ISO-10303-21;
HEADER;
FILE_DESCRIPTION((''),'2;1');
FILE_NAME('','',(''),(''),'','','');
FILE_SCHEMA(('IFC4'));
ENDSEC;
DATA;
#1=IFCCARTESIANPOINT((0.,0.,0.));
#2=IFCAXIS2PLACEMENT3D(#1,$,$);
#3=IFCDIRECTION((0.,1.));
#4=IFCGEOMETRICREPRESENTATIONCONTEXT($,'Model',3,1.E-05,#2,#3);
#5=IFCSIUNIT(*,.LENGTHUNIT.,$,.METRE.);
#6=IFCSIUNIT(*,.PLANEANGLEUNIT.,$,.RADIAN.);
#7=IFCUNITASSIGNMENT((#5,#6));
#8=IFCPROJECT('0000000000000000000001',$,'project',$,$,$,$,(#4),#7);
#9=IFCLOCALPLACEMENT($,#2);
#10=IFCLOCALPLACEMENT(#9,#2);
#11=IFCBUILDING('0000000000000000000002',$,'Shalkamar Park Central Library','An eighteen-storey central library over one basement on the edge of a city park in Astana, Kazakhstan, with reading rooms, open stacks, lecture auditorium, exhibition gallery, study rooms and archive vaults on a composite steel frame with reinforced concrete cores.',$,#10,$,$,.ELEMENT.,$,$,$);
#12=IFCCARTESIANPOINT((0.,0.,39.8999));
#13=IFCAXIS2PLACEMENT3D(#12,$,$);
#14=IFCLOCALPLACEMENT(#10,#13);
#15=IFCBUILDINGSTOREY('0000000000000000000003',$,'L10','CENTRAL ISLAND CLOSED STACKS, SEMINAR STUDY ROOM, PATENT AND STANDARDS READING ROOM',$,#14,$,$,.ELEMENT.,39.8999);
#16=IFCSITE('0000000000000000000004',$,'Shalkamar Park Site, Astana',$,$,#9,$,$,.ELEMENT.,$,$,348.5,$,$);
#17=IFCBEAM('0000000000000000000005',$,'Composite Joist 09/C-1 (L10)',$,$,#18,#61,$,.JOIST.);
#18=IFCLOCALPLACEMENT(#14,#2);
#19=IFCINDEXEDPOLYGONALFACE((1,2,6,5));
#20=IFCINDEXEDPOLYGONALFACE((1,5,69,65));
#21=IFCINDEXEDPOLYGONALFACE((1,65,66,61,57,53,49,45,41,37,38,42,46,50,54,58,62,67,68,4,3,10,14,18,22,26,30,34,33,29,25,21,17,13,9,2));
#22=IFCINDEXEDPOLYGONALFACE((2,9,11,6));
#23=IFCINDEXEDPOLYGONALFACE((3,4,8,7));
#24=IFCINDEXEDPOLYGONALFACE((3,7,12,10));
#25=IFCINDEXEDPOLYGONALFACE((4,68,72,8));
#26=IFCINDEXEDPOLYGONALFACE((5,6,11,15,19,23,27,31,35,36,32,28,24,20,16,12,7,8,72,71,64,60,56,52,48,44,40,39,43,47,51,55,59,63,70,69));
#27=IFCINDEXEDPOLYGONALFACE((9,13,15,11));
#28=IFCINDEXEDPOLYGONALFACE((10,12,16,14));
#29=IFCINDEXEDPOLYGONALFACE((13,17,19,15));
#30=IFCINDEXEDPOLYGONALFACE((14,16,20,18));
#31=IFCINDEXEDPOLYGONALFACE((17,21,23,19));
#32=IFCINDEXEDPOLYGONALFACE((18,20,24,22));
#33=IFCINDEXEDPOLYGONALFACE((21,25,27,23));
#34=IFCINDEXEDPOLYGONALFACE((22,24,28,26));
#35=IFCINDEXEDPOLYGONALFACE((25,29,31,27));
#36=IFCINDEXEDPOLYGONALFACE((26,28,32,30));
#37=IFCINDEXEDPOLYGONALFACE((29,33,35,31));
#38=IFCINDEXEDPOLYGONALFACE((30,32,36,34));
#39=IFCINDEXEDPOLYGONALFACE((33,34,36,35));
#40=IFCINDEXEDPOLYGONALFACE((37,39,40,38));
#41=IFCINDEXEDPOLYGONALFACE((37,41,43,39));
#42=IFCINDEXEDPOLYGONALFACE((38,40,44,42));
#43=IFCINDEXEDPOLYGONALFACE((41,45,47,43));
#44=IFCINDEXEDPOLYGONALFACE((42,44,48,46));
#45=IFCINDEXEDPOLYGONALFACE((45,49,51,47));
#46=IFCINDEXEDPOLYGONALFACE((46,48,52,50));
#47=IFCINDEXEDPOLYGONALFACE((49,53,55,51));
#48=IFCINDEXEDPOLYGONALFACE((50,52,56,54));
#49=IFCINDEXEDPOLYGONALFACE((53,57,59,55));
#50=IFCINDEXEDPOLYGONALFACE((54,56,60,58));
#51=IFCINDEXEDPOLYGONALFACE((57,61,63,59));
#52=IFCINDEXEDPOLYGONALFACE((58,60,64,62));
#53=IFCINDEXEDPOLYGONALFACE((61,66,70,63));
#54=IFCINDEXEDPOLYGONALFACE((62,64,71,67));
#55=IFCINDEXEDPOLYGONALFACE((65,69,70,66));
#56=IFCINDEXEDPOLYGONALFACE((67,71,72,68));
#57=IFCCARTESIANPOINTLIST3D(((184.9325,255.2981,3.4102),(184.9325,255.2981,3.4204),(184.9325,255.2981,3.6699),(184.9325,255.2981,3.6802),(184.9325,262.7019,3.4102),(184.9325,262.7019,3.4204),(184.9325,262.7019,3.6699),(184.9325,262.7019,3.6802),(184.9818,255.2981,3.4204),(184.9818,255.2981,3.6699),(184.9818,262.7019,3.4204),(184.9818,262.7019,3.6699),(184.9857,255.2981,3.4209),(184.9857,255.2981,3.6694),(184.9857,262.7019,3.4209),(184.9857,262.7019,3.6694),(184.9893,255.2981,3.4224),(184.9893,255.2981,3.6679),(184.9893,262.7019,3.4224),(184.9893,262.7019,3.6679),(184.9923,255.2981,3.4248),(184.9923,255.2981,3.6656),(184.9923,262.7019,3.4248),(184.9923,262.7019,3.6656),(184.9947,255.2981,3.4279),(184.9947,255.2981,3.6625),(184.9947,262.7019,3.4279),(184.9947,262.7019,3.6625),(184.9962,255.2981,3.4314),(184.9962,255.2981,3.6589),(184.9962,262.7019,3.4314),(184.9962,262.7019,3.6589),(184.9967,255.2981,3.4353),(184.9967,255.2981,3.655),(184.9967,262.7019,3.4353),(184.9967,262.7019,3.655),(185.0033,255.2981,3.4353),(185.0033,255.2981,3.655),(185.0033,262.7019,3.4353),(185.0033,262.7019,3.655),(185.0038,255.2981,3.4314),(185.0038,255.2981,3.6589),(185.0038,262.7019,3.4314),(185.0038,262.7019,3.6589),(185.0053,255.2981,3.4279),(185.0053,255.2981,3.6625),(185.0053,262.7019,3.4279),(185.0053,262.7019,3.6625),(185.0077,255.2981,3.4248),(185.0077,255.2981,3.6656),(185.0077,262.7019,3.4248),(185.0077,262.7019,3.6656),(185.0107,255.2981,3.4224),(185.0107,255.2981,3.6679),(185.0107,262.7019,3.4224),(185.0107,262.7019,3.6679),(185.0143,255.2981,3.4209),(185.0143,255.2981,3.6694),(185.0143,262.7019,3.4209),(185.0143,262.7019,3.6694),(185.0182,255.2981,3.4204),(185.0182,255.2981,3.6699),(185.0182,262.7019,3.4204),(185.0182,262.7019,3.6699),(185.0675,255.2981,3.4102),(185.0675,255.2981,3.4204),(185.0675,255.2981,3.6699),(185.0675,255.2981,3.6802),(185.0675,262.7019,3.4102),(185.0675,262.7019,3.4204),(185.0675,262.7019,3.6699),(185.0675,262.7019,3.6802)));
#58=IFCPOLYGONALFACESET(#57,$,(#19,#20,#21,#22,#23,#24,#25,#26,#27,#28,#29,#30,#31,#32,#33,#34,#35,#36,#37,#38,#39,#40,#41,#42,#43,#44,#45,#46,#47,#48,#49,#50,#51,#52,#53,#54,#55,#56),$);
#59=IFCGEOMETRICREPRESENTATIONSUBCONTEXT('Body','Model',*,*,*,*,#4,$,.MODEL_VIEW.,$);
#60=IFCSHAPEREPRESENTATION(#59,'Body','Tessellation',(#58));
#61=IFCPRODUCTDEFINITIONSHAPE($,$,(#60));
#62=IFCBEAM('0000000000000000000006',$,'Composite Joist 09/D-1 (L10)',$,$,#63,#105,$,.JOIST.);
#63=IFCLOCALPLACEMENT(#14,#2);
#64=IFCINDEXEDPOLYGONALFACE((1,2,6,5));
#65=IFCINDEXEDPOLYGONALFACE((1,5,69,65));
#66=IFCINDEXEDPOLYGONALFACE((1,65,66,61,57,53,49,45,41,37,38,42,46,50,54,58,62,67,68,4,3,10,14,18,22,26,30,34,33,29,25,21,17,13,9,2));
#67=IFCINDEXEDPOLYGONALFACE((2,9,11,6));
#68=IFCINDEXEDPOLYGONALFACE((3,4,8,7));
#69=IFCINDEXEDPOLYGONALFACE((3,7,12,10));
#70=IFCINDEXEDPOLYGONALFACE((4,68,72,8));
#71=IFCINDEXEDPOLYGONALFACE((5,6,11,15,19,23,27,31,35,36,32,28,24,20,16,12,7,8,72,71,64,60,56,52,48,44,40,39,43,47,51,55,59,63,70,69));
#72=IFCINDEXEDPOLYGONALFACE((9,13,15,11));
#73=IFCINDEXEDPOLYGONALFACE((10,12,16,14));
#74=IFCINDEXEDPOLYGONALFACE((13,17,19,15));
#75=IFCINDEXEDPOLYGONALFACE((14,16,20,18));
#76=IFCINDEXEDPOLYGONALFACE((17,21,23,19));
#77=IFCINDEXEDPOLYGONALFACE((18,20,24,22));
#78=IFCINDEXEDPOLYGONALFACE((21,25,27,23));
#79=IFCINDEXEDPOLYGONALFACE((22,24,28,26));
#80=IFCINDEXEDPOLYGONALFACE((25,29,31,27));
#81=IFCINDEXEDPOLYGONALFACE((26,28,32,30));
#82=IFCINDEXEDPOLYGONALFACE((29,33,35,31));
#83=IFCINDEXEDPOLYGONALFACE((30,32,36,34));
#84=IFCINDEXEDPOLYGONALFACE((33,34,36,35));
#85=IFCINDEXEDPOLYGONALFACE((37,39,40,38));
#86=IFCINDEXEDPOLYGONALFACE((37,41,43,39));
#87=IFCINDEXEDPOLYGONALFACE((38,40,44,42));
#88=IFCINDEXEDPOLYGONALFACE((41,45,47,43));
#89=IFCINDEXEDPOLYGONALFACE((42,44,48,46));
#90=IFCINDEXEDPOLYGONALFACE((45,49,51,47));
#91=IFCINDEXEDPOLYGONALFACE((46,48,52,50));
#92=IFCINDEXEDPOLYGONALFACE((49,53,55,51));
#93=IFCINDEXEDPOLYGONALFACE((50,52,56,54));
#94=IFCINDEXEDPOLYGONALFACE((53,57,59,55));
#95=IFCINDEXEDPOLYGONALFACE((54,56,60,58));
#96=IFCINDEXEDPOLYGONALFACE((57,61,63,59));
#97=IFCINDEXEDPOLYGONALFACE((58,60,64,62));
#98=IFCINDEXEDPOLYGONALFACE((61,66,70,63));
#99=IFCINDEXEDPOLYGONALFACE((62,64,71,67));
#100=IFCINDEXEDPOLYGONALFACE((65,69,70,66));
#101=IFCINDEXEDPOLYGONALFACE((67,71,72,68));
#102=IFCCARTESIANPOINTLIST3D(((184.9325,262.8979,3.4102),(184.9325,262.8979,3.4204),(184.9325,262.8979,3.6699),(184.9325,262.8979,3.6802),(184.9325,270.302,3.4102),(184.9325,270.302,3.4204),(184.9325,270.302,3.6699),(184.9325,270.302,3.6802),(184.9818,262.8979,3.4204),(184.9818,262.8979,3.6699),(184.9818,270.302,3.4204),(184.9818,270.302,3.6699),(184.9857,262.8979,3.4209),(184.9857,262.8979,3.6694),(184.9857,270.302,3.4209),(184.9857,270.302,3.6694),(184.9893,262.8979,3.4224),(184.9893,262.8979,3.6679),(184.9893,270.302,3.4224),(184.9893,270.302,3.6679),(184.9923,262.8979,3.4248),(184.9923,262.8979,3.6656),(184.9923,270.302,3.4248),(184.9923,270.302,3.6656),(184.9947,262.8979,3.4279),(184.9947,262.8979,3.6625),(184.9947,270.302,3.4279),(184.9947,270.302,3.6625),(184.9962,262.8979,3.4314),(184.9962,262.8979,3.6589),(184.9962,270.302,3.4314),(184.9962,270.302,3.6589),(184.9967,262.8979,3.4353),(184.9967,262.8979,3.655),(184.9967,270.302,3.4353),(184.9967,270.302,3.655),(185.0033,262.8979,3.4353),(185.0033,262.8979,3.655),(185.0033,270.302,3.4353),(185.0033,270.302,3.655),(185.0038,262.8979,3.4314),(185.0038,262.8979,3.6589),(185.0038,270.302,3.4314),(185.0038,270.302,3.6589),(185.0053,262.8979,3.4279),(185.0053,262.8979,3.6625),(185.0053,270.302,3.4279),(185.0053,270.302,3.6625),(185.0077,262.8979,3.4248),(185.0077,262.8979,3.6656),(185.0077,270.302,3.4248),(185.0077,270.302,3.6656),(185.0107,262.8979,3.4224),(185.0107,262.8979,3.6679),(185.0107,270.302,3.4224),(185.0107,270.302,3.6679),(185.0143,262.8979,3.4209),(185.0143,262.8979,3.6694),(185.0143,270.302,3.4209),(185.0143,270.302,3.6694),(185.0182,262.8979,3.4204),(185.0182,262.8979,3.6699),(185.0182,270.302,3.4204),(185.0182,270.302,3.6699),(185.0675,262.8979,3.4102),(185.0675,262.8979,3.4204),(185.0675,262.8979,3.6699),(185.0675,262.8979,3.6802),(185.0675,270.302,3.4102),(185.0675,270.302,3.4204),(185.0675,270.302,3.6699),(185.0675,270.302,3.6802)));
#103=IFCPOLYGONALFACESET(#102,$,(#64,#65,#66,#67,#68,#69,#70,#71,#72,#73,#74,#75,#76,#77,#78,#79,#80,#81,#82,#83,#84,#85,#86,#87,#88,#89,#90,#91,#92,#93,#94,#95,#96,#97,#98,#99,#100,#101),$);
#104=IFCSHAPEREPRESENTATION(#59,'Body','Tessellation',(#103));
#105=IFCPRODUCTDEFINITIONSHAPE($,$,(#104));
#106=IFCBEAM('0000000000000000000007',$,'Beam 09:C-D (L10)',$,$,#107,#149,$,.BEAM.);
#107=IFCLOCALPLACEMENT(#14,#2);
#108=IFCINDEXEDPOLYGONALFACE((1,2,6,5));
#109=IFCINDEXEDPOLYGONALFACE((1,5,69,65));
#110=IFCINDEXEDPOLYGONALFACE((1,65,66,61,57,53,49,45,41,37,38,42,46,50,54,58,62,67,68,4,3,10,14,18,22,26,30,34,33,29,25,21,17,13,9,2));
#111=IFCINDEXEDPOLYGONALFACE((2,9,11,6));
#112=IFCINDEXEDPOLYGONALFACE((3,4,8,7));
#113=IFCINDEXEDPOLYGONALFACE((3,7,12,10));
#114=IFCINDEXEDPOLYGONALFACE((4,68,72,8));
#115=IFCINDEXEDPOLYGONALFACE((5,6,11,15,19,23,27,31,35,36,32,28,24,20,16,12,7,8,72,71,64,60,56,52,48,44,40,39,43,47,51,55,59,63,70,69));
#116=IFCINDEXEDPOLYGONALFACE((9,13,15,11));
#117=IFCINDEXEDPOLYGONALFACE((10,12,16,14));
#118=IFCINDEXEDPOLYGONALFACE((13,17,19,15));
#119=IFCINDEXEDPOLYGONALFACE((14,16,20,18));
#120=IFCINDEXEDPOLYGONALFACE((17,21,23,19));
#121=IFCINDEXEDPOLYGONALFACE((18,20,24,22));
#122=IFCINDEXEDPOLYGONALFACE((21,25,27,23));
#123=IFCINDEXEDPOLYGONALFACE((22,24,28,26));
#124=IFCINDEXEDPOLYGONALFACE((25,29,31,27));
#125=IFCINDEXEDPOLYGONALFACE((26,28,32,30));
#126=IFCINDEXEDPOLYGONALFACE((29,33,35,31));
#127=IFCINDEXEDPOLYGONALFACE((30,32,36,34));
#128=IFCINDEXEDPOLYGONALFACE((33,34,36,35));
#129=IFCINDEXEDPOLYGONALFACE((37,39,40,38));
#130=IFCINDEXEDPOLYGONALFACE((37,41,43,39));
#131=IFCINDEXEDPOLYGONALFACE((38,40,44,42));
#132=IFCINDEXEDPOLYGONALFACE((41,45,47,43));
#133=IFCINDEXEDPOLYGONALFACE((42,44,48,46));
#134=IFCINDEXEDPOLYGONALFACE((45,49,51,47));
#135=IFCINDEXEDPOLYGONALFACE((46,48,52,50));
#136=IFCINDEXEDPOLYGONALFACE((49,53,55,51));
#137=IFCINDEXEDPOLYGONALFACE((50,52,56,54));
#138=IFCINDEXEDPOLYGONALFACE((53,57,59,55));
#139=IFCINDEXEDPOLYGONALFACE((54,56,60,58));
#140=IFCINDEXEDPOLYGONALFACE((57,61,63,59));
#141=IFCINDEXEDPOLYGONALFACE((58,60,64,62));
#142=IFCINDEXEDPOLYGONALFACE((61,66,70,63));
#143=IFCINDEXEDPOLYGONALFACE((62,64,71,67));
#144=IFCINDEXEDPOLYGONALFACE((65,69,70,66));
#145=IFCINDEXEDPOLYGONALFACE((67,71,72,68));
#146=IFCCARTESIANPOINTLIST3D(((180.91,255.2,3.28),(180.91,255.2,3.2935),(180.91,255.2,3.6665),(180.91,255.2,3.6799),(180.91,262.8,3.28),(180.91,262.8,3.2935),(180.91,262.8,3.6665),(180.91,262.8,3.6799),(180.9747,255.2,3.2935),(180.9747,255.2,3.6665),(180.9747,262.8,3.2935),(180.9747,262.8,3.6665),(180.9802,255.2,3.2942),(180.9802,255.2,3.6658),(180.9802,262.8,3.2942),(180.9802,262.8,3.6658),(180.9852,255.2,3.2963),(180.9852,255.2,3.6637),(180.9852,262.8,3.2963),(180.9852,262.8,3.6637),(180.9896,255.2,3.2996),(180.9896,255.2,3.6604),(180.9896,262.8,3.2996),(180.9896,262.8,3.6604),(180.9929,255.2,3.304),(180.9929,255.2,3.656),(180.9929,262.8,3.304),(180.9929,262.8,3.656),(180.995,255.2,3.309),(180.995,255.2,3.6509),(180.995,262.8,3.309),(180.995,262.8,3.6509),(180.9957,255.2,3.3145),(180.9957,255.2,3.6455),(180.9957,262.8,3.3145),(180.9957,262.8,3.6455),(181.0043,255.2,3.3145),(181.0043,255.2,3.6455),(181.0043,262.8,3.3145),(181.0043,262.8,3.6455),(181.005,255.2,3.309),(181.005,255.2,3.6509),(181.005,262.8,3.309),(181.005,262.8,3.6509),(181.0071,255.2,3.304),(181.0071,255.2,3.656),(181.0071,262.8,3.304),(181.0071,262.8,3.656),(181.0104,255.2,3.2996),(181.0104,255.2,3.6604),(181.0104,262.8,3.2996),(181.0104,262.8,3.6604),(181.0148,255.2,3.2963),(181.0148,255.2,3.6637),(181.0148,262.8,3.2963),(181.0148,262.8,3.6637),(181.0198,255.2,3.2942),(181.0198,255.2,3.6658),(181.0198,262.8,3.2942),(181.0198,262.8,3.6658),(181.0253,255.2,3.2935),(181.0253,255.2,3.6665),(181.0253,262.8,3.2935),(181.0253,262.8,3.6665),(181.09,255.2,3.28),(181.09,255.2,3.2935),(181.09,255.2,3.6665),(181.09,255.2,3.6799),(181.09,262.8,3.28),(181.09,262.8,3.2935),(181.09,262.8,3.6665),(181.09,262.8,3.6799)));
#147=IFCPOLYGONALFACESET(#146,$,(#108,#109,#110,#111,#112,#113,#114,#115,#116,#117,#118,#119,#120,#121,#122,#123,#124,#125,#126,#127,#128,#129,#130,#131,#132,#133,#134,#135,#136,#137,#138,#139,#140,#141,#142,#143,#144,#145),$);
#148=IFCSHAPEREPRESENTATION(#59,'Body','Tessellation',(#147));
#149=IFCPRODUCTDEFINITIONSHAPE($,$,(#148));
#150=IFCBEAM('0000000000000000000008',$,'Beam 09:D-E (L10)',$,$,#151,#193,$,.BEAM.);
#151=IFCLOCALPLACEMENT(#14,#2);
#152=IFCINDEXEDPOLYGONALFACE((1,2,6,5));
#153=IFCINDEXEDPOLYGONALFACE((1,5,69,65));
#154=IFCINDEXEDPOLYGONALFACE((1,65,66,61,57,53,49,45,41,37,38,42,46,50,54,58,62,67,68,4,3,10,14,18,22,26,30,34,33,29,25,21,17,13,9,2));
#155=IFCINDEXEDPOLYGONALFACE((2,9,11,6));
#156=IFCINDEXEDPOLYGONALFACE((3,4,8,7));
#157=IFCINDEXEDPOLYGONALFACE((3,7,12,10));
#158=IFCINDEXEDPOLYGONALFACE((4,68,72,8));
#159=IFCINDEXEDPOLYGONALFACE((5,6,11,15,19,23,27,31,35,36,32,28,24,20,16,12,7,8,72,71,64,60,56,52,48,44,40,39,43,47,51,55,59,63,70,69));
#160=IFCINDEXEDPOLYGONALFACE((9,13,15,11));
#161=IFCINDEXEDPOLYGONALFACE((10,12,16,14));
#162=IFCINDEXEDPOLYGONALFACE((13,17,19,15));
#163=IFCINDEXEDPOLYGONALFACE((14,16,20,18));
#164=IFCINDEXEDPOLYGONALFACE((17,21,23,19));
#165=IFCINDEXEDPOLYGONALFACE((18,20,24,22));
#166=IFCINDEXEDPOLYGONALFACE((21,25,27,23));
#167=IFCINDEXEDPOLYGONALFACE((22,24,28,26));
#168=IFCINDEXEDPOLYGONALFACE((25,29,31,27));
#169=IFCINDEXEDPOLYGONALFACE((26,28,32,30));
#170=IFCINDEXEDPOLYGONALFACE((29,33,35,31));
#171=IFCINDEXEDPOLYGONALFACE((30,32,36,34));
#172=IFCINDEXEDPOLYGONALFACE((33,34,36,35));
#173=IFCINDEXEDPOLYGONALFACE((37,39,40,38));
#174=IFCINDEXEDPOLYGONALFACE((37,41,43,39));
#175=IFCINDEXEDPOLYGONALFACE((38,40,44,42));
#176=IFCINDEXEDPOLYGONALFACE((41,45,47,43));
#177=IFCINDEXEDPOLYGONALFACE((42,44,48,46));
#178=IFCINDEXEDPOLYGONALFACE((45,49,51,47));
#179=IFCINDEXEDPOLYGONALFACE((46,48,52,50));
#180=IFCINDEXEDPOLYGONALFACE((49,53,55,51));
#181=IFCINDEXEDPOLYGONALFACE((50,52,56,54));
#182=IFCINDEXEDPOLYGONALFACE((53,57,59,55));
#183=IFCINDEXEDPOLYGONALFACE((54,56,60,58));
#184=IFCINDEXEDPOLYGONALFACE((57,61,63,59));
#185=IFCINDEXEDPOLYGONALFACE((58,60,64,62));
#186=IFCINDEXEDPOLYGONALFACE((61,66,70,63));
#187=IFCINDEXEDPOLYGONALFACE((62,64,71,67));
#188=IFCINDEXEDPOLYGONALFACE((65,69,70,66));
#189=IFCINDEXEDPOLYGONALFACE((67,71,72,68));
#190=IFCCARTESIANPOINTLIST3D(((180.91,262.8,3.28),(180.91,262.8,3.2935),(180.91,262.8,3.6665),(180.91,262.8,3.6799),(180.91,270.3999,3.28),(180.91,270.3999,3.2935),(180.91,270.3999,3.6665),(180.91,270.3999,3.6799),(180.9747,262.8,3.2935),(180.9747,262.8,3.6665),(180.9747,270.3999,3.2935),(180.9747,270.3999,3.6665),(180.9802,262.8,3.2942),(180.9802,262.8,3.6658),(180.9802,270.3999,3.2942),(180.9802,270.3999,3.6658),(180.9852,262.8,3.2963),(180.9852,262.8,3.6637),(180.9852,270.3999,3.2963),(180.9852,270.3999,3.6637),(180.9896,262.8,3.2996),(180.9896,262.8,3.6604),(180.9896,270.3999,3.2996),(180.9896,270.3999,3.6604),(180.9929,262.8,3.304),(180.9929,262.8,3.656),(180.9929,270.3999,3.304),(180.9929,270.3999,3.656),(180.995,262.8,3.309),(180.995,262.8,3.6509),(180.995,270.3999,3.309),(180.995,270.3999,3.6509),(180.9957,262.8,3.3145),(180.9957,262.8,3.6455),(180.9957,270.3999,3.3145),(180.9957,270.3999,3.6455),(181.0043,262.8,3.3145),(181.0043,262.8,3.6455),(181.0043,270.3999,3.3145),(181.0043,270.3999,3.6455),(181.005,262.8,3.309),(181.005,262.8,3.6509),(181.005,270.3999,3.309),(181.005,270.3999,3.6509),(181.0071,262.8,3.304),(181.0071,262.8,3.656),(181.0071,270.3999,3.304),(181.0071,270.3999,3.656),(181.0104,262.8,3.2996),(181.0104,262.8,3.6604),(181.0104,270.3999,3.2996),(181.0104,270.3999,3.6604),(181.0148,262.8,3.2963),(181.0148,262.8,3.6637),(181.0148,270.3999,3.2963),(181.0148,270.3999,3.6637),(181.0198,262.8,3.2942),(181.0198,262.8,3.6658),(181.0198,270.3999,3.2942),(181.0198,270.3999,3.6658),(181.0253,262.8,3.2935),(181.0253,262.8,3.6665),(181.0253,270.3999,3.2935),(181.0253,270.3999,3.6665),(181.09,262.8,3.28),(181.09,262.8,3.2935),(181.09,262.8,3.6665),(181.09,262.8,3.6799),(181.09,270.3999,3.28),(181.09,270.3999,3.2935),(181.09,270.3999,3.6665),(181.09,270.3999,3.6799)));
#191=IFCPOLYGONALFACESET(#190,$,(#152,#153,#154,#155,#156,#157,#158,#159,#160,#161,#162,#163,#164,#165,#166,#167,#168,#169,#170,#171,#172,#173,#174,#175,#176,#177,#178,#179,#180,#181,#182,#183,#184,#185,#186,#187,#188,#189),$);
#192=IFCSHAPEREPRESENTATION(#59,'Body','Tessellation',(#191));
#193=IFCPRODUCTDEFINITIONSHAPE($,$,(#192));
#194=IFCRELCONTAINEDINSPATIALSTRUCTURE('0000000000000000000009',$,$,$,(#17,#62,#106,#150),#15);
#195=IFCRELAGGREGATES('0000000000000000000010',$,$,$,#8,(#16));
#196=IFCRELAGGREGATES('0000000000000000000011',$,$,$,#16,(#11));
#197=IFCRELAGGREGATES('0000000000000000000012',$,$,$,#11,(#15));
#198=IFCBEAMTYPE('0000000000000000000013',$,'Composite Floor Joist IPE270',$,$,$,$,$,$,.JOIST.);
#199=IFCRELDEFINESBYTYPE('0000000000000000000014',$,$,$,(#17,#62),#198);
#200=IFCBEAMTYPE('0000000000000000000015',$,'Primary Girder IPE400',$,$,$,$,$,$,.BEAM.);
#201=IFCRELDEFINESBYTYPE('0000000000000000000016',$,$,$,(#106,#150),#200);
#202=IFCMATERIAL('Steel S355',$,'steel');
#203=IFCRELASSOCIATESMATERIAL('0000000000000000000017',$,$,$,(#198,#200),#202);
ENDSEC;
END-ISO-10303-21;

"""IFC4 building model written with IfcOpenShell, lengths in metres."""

from ifc_helpers import new_model, si_unit, direction, frame, origin, origin_2d, place, context, subcontext, project, spatial, i_section, extrude, material, material_profile, profile_set, type_object, element, save


model = new_model("IFC4")

# Units and contexts
model_context = context("Model", 3, precision=1e-05, world=origin(), true_north=direction((0.0, 1.0)))
body_context = subcontext(model_context, "Body", "Model", "MODEL_VIEW")
ifc_project = project(units=[si_unit("LENGTHUNIT", "METRE"), si_unit("PLANEANGLEUNIT", "RADIAN")], contexts=[model_context])

# Site, building, storey
site_placement = place(None, origin())
site = spatial("IfcSite", under=ifc_project, at=site_placement, Name="Shalkamar Park Site, Astana", CompositionType="ELEMENT", RefElevation=348.5)
building_placement = place(site_placement, origin())
building = spatial("IfcBuilding", under=site, at=building_placement, Name="Shalkamar Park Central Library", Description="An eighteen-storey central library over one basement on the edge of a city park in Astana, Kazakhstan, with reading rooms, open stacks, lecture auditorium, exhibition gallery, study rooms and archive vaults on a composite steel frame with reinforced concrete cores.", CompositionType="ELEMENT")
storey_placement = place(building_placement, frame((0.0, 0.0, 39.8999)))
storey = spatial("IfcBuildingStorey", under=building, at=storey_placement, Name="L10", Description="CENTRAL ISLAND CLOSED STACKS, SEMINAR STUDY ROOM, PATENT AND STANDARDS READING ROOM", CompositionType="ELEMENT", Elevation=39.8999)

# Shared definitions
ifc_material_1 = material(Name="Steel S355", Category="steel")

# Beams
ifc_material_profile_1 = material_profile(ifc_material_1, i_section(OverallWidth=0.135, OverallDepth=0.27, WebThickness=0.0066, FlangeThickness=0.0103, FilletRadius=0.0149, at=origin_2d()), Name="IPE 270")
ifc_profile_set_1 = profile_set([ifc_material_profile_1], Name="Steel S355")
beam_type_1 = type_object("IfcBeamType", Name="Composite Floor Joist IPE270", PredefinedType="JOIST", material=ifc_profile_set_1)
beam_1_placement = place(storey_placement, frame((185.0, 255.2981, 3.5452), z_axis=(0.0, 1.0, 0.0), x_axis=(-1.0, 0.0, 0.0)))
element("IfcBeam", 1, at=beam_1_placement, inside=storey, type_object=beam_type_1, Name="Composite Joist 09/C-1 (L10)", PredefinedType="JOIST", context=body_context, shape_type="SweptSolid", body=[
    extrude(i_section(OverallWidth=0.135, OverallDepth=0.27, WebThickness=0.0066, FlangeThickness=0.0103, FilletRadius=0.0149, at=origin_2d()), origin(), (0.0, 0.0, 1.0), 7.4038),
])
beam_2_placement = place(storey_placement, frame((185.0, 262.8979, 3.5452), z_axis=(0.0, 1.0, 0.0), x_axis=(-1.0, 0.0, 0.0)))
element("IfcBeam", 2, at=beam_2_placement, inside=storey, type_object=beam_type_1, Name="Composite Joist 09/D-1 (L10)", PredefinedType="JOIST", context=body_context, shape_type="SweptSolid", body=[
    extrude(i_section(OverallWidth=0.135, OverallDepth=0.27, WebThickness=0.0066, FlangeThickness=0.0103, FilletRadius=0.0149, at=origin_2d()), origin(), (0.0, 0.0, 1.0), 7.4041),
])
ifc_material_profile_2 = material_profile(ifc_material_1, i_section(OverallWidth=0.1799, OverallDepth=0.3999, WebThickness=0.0085, FlangeThickness=0.0134, FilletRadius=0.021, at=origin_2d()), Name="IPE 400")
ifc_profile_set_2 = profile_set([ifc_material_profile_2], Name="Steel S355")
beam_type_2 = type_object("IfcBeamType", Name="Primary Girder IPE400", PredefinedType="BEAM", material=ifc_profile_set_2)
beam_3_placement = place(storey_placement, frame((181.0, 255.2, 3.48), z_axis=(0.0, 1.0, 0.0), x_axis=(-1.0, 0.0, 0.0)))
element("IfcBeam", 3, at=beam_3_placement, inside=storey, type_object=beam_type_2, Name="Beam 09:C-D (L10)", PredefinedType="BEAM", context=body_context, shape_type="SweptSolid", body=[
    extrude(i_section(OverallWidth=0.1799, OverallDepth=0.3999, WebThickness=0.0085, FlangeThickness=0.0134, FilletRadius=0.021, at=origin_2d()), origin(), (0.0, 0.0, 1.0), 7.6001),
])
beam_4_placement = place(storey_placement, frame((181.0, 262.8, 3.48), z_axis=(0.0, 1.0, 0.0), x_axis=(-1.0, 0.0, 0.0)))
element("IfcBeam", 4, at=beam_4_placement, inside=storey, type_object=beam_type_2, Name="Beam 09:D-E (L10)", PredefinedType="BEAM", context=body_context, shape_type="SweptSolid", body=[
    extrude(i_section(OverallWidth=0.1799, OverallDepth=0.3999, WebThickness=0.0085, FlangeThickness=0.0134, FilletRadius=0.021, at=origin_2d()), origin(), (0.0, 0.0, 1.0), 7.5999),
])

save(model, "model.ifc")
